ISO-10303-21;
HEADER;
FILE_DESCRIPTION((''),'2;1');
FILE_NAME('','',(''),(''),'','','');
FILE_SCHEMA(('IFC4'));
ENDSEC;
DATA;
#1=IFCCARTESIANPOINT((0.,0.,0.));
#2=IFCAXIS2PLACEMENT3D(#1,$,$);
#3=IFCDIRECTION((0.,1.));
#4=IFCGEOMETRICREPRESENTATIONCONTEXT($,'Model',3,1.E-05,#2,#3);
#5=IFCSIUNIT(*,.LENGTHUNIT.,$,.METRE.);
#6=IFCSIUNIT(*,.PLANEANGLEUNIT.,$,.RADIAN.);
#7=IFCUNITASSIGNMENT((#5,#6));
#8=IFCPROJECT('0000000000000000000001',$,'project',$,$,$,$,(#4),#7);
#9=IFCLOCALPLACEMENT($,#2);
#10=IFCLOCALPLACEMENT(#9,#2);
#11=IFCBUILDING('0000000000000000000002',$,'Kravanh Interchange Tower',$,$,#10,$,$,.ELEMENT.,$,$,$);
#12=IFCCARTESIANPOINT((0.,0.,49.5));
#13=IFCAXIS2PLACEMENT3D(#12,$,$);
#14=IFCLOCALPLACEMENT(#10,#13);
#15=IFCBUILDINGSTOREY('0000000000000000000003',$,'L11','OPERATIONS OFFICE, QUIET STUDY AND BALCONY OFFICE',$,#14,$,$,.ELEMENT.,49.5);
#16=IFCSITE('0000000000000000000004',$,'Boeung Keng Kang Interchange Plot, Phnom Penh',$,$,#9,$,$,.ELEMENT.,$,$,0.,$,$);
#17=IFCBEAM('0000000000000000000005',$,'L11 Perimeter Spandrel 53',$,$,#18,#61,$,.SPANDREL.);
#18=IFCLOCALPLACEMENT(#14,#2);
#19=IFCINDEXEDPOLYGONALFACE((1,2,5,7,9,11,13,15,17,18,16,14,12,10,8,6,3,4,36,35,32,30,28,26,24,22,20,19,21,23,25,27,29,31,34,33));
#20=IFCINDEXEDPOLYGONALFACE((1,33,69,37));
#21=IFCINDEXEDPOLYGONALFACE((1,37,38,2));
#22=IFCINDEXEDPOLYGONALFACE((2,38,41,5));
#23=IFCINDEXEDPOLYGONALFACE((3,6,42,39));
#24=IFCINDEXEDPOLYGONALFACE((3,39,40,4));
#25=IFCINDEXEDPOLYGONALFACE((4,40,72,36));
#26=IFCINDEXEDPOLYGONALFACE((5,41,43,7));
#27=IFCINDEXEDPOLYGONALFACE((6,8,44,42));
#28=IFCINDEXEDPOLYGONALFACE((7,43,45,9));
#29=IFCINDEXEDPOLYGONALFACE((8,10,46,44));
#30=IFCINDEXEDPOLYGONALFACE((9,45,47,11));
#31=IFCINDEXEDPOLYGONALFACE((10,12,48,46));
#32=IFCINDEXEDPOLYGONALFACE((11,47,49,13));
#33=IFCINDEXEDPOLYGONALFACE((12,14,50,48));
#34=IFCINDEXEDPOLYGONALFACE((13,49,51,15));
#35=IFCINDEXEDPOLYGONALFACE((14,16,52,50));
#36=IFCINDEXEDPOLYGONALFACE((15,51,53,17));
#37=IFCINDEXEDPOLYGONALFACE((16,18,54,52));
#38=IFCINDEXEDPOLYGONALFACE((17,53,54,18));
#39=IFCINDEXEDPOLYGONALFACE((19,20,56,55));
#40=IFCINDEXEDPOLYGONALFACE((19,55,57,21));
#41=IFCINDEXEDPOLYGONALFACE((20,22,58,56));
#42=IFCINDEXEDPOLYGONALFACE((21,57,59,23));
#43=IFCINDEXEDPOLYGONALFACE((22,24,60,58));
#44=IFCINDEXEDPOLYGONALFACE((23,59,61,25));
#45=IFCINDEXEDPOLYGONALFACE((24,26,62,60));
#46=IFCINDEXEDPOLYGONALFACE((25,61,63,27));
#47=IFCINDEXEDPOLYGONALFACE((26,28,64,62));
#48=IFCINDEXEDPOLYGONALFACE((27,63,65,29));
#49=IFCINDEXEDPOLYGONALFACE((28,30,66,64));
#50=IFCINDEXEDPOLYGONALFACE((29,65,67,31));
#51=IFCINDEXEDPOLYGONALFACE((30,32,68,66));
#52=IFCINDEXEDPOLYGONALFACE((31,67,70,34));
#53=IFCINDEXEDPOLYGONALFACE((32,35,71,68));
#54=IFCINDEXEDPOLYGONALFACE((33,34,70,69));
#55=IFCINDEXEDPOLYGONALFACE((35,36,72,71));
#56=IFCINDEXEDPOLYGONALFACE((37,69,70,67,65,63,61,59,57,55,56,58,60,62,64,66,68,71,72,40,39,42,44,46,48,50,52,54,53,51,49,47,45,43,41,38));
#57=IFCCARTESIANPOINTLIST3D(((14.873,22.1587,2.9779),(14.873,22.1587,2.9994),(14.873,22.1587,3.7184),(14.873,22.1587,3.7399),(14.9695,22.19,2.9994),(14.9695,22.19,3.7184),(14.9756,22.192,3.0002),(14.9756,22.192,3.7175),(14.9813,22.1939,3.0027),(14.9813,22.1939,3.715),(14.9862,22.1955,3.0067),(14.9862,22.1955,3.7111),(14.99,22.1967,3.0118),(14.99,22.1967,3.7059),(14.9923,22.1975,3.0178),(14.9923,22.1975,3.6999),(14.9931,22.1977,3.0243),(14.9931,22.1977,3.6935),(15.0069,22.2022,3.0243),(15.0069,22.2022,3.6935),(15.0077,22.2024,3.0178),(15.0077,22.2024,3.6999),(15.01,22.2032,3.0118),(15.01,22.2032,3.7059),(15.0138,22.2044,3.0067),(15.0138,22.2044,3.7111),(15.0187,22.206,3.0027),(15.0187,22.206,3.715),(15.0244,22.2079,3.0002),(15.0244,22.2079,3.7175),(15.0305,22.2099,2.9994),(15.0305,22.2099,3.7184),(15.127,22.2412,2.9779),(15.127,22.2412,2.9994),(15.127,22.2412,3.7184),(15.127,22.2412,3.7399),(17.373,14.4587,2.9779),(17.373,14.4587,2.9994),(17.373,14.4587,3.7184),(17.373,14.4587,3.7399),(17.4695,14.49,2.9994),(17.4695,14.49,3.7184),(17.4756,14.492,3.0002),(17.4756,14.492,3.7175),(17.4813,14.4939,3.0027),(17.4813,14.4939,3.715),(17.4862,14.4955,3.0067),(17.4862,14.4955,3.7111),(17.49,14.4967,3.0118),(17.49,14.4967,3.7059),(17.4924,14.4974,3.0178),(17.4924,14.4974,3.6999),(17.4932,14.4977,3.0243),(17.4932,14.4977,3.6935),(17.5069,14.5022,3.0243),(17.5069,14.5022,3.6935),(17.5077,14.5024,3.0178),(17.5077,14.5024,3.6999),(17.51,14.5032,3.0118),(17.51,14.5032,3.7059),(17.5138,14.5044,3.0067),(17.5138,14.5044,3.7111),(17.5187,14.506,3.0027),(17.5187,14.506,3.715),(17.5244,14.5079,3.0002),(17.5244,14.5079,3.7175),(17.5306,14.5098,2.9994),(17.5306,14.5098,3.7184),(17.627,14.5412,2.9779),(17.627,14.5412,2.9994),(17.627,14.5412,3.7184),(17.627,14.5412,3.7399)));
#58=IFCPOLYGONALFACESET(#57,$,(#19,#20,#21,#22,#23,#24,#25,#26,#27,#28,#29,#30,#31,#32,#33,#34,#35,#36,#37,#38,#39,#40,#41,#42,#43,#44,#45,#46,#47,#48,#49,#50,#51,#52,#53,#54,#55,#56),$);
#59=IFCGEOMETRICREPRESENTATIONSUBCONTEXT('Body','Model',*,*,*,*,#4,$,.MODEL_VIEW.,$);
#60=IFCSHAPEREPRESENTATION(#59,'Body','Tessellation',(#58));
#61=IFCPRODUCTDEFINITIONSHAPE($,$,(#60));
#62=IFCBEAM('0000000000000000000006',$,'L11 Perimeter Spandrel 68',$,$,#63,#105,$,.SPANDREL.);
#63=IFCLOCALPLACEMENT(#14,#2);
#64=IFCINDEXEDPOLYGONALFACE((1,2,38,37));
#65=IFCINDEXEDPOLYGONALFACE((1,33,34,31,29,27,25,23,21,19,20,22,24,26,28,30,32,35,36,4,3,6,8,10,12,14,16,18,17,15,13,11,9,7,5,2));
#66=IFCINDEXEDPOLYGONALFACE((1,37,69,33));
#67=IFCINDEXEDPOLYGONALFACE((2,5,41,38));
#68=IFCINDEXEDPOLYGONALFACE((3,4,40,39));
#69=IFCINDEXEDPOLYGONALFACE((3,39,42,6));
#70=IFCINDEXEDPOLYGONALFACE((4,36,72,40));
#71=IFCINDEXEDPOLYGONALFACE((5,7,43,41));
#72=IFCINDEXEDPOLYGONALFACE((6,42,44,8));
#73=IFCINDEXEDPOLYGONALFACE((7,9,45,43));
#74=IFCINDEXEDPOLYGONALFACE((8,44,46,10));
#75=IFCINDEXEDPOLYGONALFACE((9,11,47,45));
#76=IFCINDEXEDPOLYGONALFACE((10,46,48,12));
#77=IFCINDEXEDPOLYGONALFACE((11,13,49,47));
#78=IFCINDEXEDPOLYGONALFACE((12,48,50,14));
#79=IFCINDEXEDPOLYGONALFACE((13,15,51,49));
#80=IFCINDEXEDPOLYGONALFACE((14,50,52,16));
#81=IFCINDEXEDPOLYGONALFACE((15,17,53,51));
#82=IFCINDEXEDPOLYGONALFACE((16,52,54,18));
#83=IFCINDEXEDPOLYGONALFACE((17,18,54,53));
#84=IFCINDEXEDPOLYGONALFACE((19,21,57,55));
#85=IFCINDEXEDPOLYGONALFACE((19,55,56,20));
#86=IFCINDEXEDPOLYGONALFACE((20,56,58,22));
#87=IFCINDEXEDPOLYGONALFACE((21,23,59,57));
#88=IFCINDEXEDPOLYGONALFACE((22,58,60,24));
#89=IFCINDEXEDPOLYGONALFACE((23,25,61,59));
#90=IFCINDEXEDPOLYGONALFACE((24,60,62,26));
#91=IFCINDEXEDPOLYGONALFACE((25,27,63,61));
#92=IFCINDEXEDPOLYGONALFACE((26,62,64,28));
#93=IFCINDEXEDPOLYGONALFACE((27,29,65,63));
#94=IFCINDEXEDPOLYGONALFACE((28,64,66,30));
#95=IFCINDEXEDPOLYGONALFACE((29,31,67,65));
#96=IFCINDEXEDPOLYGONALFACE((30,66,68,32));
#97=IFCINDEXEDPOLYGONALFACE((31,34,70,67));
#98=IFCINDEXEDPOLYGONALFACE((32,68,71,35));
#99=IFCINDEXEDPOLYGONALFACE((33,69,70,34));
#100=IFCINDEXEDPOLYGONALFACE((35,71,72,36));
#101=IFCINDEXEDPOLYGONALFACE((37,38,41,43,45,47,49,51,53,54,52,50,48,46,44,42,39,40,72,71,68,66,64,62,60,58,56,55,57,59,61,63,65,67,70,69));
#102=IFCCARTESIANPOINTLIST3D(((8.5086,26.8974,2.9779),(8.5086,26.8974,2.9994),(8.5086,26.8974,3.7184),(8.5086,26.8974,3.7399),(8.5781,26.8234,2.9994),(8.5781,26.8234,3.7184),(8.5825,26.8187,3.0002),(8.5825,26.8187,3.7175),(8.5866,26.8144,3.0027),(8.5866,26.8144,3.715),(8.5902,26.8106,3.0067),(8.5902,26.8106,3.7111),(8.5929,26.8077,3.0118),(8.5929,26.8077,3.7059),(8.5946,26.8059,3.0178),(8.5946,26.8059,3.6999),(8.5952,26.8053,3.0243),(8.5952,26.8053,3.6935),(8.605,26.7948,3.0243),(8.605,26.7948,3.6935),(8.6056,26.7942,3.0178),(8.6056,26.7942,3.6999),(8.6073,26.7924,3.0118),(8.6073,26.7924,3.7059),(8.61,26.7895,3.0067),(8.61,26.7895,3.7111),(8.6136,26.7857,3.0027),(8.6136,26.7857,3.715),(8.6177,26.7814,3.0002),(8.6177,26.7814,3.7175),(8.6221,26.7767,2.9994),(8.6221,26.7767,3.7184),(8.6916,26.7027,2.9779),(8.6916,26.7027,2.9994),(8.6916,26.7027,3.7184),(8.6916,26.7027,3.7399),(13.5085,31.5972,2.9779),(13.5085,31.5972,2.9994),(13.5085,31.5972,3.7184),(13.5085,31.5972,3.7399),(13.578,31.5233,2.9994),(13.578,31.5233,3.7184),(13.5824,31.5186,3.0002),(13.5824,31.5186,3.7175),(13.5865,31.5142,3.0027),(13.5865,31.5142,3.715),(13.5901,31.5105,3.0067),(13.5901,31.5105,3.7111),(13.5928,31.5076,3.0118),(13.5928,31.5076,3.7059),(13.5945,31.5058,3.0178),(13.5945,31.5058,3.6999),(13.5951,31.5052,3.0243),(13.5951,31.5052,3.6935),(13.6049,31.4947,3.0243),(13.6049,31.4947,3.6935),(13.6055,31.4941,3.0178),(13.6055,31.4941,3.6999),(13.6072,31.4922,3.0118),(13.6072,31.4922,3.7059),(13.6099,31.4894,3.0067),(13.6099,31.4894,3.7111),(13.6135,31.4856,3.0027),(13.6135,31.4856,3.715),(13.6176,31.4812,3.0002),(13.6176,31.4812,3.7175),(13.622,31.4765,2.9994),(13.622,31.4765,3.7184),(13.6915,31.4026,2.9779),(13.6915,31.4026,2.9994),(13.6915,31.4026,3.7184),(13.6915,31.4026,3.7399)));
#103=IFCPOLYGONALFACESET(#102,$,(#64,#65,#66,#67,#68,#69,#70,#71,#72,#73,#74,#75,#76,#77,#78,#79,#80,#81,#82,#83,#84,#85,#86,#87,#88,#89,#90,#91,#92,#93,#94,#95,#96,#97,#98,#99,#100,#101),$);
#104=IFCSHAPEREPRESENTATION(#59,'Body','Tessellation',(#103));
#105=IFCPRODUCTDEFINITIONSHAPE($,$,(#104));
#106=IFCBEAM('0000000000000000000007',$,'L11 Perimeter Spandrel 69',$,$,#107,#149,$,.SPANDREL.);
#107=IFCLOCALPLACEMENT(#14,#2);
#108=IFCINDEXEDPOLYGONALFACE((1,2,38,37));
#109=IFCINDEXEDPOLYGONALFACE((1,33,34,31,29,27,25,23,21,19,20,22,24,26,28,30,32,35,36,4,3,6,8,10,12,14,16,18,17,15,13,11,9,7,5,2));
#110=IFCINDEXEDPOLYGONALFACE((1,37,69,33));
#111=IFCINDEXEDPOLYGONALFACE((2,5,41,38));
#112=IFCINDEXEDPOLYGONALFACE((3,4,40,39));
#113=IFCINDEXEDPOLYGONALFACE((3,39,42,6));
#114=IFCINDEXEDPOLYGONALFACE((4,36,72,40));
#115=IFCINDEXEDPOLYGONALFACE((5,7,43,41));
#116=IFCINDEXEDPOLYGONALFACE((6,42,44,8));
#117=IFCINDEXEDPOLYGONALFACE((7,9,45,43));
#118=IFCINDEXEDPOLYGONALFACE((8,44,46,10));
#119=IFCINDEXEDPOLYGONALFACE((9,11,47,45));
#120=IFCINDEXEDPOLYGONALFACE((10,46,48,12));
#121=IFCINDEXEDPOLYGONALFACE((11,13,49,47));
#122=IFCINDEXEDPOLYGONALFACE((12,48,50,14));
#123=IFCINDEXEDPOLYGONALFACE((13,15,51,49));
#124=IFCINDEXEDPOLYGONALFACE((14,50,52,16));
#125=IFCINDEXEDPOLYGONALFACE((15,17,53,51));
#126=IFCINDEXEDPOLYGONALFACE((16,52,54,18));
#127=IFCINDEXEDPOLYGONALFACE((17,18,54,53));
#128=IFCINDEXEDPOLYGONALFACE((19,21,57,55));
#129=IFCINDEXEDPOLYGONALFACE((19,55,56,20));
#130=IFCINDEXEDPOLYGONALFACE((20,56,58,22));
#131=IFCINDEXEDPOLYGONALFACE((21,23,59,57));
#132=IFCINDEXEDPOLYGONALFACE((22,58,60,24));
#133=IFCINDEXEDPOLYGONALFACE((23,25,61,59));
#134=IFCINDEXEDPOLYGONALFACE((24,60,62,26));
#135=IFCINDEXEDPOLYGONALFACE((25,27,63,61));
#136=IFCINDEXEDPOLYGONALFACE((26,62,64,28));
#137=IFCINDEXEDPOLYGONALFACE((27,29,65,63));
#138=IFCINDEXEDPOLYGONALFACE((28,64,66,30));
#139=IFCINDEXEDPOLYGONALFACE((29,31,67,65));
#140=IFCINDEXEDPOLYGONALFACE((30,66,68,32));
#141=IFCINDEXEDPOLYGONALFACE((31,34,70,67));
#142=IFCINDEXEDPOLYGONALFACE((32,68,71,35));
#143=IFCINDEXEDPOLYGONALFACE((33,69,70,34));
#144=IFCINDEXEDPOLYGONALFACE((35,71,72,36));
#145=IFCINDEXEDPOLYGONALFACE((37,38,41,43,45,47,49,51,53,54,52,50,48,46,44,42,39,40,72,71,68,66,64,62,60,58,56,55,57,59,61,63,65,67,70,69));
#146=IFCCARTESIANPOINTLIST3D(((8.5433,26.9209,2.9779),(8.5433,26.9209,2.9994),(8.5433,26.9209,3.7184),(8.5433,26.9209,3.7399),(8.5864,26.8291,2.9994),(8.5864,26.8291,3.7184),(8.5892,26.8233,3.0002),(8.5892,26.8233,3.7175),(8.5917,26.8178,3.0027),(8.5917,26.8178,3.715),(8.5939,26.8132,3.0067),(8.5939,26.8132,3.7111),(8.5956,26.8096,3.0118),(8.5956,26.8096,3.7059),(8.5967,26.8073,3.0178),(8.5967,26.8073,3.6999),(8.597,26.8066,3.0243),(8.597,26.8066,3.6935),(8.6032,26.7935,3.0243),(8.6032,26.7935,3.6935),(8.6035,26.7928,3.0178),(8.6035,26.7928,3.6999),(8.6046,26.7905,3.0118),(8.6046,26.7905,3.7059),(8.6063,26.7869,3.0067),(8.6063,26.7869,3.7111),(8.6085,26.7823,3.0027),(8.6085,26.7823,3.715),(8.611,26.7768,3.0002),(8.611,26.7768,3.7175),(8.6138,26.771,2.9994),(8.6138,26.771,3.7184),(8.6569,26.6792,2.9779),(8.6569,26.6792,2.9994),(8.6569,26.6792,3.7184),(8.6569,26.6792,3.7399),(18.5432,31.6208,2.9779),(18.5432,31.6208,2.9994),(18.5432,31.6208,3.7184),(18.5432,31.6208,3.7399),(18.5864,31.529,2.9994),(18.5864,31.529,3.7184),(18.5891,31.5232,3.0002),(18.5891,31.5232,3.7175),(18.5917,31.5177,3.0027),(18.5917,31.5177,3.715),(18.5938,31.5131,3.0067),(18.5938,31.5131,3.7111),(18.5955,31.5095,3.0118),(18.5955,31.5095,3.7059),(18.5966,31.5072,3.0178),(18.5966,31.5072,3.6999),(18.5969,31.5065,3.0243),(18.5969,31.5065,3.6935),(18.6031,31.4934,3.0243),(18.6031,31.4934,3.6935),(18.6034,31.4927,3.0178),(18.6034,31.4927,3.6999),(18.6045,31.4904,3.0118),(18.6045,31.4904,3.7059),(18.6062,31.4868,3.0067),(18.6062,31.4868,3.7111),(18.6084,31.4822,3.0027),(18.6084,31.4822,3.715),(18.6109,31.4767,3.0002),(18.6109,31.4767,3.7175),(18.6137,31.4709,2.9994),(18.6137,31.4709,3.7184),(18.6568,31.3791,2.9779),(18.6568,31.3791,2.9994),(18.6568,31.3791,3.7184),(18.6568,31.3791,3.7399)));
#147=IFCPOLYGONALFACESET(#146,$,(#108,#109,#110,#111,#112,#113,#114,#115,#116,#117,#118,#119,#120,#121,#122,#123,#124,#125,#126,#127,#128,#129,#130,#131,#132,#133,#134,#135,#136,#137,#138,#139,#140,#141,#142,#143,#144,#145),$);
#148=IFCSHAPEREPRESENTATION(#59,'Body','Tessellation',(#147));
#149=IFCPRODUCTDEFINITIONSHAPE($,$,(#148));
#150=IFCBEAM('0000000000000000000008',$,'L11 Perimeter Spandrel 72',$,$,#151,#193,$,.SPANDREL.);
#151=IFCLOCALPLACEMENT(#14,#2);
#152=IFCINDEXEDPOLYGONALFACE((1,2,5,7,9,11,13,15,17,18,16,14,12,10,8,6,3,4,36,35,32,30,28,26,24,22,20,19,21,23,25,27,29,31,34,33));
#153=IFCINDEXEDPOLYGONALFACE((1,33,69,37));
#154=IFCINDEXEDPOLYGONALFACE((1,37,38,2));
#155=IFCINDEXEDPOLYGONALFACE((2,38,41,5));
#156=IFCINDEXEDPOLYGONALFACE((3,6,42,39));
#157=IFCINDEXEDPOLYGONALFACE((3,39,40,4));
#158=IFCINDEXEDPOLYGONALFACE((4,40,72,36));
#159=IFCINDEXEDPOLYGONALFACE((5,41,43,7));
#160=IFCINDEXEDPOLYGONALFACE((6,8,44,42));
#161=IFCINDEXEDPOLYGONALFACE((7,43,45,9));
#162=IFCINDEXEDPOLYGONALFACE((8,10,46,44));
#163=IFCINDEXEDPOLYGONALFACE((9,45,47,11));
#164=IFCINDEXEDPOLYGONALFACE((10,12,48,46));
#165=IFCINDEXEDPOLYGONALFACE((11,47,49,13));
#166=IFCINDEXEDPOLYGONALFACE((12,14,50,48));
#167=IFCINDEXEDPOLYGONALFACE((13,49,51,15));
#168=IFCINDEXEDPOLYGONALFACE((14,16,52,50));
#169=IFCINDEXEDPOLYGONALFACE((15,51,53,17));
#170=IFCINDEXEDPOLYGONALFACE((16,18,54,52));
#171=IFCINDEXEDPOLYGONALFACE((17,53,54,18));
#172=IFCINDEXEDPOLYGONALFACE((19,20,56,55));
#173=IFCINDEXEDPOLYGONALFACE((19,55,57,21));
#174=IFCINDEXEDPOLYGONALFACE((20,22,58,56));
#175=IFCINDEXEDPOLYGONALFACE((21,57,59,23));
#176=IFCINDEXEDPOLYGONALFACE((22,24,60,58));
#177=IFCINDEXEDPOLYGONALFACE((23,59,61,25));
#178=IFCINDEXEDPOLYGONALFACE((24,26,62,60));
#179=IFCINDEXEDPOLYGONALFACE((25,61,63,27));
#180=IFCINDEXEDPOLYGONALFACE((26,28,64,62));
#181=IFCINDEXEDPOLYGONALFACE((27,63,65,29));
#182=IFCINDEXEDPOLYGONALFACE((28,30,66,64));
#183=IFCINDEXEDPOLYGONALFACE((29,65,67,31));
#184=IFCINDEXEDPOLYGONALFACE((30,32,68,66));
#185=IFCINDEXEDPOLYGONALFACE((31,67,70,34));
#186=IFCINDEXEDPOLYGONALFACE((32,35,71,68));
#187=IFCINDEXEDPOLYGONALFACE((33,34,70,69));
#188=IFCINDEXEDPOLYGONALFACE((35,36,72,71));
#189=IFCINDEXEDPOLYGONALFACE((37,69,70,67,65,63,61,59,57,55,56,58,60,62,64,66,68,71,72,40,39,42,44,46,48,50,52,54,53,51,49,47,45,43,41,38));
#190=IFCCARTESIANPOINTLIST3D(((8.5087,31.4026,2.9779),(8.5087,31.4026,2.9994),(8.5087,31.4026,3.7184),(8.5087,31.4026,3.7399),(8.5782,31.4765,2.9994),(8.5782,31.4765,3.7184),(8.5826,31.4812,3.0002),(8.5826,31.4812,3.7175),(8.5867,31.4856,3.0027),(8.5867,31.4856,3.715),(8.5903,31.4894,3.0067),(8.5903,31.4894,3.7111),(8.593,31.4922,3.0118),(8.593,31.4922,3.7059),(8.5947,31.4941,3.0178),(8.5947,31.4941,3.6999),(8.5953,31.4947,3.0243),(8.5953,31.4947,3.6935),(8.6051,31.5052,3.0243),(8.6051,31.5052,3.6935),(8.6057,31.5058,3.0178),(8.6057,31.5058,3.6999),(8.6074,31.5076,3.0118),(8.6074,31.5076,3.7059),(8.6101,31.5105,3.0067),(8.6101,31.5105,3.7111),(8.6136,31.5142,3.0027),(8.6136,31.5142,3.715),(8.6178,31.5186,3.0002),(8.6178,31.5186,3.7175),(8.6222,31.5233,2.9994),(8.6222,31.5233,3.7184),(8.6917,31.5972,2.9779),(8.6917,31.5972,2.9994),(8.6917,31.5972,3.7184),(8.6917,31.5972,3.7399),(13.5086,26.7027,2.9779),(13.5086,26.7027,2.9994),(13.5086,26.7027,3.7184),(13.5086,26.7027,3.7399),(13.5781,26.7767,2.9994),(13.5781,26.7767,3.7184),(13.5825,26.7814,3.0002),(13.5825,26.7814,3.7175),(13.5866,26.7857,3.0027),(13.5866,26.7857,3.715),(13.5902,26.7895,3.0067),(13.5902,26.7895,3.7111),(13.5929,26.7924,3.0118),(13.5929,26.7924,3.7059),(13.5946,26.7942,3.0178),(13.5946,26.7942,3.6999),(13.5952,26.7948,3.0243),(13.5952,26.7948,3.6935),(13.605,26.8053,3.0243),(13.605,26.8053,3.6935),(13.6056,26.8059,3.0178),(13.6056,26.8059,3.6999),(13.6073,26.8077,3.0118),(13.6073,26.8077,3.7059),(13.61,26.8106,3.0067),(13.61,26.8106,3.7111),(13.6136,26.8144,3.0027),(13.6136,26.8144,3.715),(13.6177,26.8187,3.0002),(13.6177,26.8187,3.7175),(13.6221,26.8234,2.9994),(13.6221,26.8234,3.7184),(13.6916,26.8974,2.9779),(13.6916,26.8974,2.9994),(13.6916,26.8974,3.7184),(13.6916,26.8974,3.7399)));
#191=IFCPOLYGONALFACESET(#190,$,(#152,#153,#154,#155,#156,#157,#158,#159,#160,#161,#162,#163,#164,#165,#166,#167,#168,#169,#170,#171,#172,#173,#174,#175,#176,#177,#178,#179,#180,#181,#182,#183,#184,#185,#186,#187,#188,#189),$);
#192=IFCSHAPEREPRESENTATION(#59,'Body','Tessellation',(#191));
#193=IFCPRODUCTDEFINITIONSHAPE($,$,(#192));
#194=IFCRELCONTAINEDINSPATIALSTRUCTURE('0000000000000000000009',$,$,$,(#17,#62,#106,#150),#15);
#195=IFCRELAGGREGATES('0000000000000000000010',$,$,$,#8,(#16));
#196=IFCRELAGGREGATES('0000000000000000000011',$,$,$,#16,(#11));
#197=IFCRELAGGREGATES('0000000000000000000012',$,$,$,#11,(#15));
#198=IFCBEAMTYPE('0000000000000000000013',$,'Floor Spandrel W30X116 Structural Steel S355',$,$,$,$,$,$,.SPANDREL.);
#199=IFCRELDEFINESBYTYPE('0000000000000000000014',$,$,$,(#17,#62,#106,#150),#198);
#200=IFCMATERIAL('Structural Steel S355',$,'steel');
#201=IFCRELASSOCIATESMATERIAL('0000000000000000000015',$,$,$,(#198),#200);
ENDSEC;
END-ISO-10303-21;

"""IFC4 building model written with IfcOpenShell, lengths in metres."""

from ifc_helpers import new_model, si_unit, direction, frame, origin, origin_2d, place, context, subcontext, project, spatial, i_section, extrude, material, material_profile, profile_set, type_object, element, save


model = new_model("IFC4")

# Units and contexts
model_context = context("Model", 3, precision=1e-05, world=origin(), true_north=direction((0.0, 1.0)))
body_context = subcontext(model_context, "Body", "Model", "MODEL_VIEW")
ifc_project = project(units=[si_unit("LENGTHUNIT", "METRE"), si_unit("PLANEANGLEUNIT", "RADIAN")], contexts=[model_context])

# Site, building, storey
site_placement = place(None, origin())
site = spatial("IfcSite", under=ifc_project, at=site_placement, Name="Boeung Keng Kang Interchange Plot, Phnom Penh", CompositionType="ELEMENT", RefElevation=0.0)
building_placement = place(site_placement, origin())
building = spatial("IfcBuilding", under=site, at=building_placement, Name="Kravanh Interchange Tower", CompositionType="ELEMENT")
storey_placement = place(building_placement, frame((0.0, 0.0, 49.5)))
storey = spatial("IfcBuildingStorey", under=building, at=storey_placement, Name="L11", Description="OPERATIONS OFFICE, QUIET STUDY AND BALCONY OFFICE", CompositionType="ELEMENT", Elevation=49.5)

# Beams
ifc_material_1 = material(Name="Structural Steel S355", Category="steel")
ifc_material_profile_1 = material_profile(ifc_material_1, i_section(OverallWidth=0.2671, OverallDepth=0.762, WebThickness=0.0144, FlangeThickness=0.0215, FilletRadius=0.0249, at=origin_2d()), Name="W30X116")
ifc_profile_set_1 = profile_set([ifc_material_profile_1], Name="Structural Steel S355")
beam_type_1 = type_object("IfcBeamType", Name="Floor Spandrel W30X116 Structural Steel S355", PredefinedType="SPANDREL", material=ifc_profile_set_1)
beam_1_placement = place(storey_placement, frame((15.0, 22.2, 3.3589), z_axis=(0.308809, -0.951124, 0.0), x_axis=(0.951124, 0.308809, 0.0)))
element("IfcBeam", 1, at=beam_1_placement, inside=storey, type_object=beam_type_1, Name="L11 Perimeter Spandrel 53", PredefinedType="SPANDREL", context=body_context, shape_type="SweptSolid", body=[
    extrude(i_section(OverallWidth=0.2671, OverallDepth=0.762, WebThickness=0.0144, FlangeThickness=0.0215, FilletRadius=0.0249, at=origin_2d()), origin(), (0.0, 0.0, 1.0), 8.0957),
])
beam_2_placement = place(storey_placement, frame((8.6001, 26.8, 3.3589), z_axis=(0.728631, 0.684906, 0.0), x_axis=(-0.684906, 0.728631, 0.0)))
element("IfcBeam", 2, at=beam_2_placement, inside=storey, type_object=beam_type_1, Name="L11 Perimeter Spandrel 68", PredefinedType="SPANDREL", context=body_context, shape_type="SweptSolid", body=[
    extrude(i_section(OverallWidth=0.2671, OverallDepth=0.762, WebThickness=0.0144, FlangeThickness=0.0215, FilletRadius=0.0249, at=origin_2d()), origin(), (0.0, 0.0, 1.0), 6.8621),
])
beam_3_placement = place(storey_placement, frame((8.6001, 26.8, 3.3589), z_axis=(0.905025, 0.425358, 0.0), x_axis=(-0.425358, 0.905025, 0.0)))
element("IfcBeam", 3, at=beam_3_placement, inside=storey, type_object=beam_type_1, Name="L11 Perimeter Spandrel 69", PredefinedType="SPANDREL", context=body_context, shape_type="SweptSolid", body=[
    extrude(i_section(OverallWidth=0.2671, OverallDepth=0.762, WebThickness=0.0144, FlangeThickness=0.0215, FilletRadius=0.0249, at=origin_2d()), origin(), (0.0, 0.0, 1.0), 11.0493),
])
for number, where, z_axis, x_axis, name in (
    (4, (13.6001, 26.8, 3.3589), (-0.728631, 0.684906, 0.0), (-0.684906, -0.728631, 0.0), "L11 Perimeter Spandrel 72"),
):
    element("IfcBeam", number, at=place(storey_placement, frame(where, z_axis=z_axis, x_axis=x_axis)), inside=storey, type_object=beam_type_1, Name=name, PredefinedType="SPANDREL", context=body_context, shape_type="SweptSolid", body=[
        extrude(i_section(OverallWidth=0.2671, OverallDepth=0.762, WebThickness=0.0144, FlangeThickness=0.0215, FilletRadius=0.0249, at=origin_2d()), origin(), (0.0, 0.0, 1.0), 6.8621),
    ])

save(model, "model.ifc")
